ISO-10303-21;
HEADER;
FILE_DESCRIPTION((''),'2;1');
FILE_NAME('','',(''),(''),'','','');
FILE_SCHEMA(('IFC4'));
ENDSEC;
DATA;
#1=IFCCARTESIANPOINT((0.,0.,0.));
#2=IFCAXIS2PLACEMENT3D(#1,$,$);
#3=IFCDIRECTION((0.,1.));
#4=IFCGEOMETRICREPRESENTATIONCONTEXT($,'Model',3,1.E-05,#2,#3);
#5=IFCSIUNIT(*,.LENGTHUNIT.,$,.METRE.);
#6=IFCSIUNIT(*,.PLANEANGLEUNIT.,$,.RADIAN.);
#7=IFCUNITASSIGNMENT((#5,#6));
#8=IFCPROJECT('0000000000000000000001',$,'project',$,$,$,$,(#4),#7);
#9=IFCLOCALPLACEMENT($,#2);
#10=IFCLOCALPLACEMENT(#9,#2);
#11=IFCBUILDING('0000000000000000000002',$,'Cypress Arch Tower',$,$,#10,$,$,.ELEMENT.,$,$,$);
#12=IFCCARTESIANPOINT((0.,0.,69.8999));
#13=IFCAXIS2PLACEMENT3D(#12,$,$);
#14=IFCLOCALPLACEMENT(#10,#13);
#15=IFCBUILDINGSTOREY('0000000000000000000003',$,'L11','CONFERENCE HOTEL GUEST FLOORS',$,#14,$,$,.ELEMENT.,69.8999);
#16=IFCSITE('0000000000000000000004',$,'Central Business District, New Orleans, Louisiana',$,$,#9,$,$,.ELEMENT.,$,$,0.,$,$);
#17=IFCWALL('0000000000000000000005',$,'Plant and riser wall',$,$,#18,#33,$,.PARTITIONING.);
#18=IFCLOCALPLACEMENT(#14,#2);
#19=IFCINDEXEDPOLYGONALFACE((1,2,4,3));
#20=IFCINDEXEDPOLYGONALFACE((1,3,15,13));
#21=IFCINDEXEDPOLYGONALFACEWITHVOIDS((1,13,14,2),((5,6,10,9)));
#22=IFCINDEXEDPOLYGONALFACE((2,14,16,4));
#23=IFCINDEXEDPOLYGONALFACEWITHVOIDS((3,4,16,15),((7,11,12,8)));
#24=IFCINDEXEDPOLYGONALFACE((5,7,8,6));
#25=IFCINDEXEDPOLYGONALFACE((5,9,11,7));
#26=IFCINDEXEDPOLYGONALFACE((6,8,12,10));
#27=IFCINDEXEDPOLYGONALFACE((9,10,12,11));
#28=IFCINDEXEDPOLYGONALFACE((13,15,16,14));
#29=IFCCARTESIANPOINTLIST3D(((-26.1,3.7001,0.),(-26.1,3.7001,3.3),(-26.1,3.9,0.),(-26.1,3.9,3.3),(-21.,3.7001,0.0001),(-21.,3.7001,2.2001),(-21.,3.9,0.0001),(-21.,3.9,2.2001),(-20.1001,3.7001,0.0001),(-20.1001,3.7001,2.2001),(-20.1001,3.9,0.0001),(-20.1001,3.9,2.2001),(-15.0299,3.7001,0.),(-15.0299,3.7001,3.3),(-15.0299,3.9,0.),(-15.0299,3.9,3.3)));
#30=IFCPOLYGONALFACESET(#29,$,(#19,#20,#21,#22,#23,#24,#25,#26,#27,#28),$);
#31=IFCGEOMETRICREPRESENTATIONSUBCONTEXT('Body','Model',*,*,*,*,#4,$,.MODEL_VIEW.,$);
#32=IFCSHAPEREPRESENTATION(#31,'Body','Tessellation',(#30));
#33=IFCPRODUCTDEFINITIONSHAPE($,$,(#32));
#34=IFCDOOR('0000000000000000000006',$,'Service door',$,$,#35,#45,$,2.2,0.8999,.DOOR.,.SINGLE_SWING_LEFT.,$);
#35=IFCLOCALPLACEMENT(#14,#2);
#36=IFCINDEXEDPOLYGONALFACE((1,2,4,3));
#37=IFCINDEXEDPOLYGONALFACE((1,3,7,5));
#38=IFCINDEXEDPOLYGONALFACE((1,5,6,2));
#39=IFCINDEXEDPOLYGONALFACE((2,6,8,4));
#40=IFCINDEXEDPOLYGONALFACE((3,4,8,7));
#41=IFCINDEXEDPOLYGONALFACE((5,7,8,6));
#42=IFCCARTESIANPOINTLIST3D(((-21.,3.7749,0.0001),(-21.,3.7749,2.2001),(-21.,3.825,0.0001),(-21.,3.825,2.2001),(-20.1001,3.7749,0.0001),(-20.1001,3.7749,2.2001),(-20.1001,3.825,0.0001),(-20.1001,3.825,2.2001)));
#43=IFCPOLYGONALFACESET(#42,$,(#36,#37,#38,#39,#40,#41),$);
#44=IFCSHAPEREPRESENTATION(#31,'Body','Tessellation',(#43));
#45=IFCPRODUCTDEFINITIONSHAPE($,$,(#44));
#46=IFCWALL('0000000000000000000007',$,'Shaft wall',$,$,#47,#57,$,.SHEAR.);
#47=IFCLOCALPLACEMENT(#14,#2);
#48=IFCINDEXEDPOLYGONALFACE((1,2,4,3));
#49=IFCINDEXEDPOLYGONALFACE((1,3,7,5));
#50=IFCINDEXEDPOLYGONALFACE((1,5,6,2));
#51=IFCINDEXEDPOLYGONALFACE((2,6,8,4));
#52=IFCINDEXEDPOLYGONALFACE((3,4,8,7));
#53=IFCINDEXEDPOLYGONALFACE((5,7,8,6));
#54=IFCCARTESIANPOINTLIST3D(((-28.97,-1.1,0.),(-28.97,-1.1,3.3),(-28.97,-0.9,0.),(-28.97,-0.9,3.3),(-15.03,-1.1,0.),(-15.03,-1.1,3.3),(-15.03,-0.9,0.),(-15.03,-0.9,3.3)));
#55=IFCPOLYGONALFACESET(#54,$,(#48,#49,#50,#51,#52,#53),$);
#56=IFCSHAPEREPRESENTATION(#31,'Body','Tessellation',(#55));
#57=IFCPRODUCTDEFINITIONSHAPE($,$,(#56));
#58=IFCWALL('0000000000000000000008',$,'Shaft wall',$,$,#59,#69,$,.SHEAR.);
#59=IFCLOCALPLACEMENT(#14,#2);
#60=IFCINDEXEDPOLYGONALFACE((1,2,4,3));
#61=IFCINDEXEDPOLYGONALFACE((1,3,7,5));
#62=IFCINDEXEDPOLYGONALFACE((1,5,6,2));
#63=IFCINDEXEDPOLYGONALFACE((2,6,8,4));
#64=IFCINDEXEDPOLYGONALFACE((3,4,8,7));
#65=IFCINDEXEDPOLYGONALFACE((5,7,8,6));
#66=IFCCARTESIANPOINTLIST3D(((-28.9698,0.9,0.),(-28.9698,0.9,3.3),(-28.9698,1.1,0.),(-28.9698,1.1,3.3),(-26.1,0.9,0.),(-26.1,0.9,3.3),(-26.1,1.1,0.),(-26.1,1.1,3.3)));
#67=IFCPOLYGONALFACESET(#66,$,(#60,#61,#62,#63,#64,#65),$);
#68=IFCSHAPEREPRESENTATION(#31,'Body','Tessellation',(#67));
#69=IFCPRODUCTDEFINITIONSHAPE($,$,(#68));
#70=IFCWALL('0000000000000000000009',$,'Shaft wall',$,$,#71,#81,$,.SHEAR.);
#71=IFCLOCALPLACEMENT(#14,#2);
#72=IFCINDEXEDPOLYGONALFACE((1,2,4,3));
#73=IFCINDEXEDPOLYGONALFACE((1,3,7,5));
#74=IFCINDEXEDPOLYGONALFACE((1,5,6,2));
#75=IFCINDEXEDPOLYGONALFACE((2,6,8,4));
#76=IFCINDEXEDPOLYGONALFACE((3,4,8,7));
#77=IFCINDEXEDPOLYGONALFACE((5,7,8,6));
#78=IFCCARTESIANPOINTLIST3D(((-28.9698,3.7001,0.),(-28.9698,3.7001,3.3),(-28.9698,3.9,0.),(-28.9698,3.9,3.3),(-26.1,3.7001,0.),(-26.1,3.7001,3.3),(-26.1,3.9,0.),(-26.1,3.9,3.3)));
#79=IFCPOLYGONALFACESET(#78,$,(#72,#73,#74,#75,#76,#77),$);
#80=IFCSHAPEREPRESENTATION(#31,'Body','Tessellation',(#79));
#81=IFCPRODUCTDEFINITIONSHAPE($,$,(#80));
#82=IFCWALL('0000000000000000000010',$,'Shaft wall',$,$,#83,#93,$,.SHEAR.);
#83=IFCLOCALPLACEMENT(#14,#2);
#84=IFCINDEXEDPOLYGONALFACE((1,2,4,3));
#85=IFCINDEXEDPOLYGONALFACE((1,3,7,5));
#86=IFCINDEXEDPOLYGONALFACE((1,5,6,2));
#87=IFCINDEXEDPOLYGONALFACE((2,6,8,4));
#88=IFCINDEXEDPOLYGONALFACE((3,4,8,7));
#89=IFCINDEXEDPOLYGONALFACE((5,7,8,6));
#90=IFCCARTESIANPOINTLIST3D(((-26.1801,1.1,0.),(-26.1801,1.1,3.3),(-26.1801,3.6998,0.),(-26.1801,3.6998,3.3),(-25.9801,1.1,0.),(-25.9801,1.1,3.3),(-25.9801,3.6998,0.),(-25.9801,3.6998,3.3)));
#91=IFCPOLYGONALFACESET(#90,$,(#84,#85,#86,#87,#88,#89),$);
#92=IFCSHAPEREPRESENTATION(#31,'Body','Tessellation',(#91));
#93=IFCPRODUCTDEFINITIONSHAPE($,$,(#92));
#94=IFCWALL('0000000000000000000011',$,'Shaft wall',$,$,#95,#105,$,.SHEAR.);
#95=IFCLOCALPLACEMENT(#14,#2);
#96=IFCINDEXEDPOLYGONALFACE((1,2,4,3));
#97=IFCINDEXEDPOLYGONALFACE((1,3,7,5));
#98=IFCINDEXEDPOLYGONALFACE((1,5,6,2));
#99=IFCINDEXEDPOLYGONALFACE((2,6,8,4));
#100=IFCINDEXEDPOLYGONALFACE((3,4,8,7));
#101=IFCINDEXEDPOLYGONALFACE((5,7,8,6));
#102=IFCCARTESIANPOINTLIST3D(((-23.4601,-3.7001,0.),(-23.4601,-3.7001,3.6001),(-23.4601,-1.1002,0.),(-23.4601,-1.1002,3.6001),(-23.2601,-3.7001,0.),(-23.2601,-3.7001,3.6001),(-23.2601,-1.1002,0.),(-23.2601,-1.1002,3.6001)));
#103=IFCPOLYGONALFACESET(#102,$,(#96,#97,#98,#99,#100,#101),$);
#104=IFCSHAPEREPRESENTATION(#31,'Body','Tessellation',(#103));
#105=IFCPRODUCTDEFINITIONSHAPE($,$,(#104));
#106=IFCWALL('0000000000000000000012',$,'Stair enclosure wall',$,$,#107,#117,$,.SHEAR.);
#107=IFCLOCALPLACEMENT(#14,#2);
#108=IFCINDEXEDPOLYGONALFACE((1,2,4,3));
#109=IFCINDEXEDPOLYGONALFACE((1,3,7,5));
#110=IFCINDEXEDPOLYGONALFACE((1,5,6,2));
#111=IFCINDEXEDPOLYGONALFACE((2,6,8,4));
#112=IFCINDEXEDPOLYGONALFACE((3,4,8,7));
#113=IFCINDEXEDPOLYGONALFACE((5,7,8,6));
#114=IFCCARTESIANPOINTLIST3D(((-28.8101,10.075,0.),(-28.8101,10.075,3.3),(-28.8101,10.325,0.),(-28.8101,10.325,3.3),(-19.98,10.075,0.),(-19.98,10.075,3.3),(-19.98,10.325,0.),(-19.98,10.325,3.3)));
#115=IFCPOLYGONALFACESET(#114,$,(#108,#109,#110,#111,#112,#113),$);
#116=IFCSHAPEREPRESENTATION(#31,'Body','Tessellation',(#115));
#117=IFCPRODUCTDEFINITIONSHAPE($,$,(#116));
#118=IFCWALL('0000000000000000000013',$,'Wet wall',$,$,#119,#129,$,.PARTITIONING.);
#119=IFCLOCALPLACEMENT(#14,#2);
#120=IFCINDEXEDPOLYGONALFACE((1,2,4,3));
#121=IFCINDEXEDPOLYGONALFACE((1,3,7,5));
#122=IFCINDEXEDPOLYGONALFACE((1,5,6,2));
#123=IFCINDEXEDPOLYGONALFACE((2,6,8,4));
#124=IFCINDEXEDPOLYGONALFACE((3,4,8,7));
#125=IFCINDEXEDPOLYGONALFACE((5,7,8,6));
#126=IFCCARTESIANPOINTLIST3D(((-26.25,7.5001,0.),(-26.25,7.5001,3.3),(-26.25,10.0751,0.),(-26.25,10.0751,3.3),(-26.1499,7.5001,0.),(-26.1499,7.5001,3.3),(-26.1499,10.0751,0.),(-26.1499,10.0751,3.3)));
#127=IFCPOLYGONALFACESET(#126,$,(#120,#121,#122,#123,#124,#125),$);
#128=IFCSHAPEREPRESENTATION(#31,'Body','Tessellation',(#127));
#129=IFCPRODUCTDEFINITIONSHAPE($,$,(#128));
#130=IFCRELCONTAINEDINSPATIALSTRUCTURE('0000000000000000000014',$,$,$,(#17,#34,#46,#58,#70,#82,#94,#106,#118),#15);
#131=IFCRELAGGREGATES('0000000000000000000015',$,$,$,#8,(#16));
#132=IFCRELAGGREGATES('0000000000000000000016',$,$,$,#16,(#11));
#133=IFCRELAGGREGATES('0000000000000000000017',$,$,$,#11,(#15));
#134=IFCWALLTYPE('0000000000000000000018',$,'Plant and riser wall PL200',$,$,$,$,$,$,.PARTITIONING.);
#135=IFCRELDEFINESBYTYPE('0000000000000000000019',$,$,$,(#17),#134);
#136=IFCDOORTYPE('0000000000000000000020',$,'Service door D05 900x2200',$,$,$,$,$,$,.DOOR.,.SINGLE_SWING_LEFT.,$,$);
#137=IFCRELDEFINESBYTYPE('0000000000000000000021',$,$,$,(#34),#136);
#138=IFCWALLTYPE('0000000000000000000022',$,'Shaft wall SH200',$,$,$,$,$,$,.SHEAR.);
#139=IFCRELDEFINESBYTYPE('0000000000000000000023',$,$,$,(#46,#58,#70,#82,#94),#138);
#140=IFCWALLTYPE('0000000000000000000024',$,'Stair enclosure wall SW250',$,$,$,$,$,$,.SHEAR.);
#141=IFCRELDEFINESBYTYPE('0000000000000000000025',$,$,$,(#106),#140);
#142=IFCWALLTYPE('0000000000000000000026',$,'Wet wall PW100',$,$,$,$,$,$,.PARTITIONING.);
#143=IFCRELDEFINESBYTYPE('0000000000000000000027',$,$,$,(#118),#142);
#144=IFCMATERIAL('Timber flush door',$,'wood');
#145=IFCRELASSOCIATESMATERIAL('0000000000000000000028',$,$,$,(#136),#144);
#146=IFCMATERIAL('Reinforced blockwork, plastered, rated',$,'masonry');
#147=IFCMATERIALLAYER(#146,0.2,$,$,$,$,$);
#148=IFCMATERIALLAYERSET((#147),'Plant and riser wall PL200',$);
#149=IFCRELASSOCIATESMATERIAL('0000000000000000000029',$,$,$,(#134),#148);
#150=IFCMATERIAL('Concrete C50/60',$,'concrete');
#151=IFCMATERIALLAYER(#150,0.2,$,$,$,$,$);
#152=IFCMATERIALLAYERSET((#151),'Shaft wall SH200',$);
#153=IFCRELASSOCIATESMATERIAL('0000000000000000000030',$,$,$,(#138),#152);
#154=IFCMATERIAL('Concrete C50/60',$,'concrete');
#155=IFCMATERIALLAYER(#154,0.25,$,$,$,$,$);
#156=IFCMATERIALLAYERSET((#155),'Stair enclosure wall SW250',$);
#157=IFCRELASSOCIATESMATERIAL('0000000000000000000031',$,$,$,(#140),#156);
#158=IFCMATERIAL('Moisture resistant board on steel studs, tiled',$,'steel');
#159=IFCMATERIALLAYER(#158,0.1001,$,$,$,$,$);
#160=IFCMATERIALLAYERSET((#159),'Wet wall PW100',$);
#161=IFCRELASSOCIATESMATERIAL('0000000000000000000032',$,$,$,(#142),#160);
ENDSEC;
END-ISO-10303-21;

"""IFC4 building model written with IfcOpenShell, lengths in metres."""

from ifc_helpers import new_model, si_unit, direction, frame, frame_2d, origin, place, context, subcontext, project, spatial, rectangle, extrude, material, layer, layer_set, type_object, element, fill, save


model = new_model("IFC4")

# Units and contexts
model_context = context("Model", 3, precision=1e-05, world=origin(), true_north=direction((0.0, 1.0)))
body_context = subcontext(model_context, "Body", "Model", "MODEL_VIEW")
ifc_project = project(units=[si_unit("LENGTHUNIT", "METRE"), si_unit("PLANEANGLEUNIT", "RADIAN")], contexts=[model_context])

# Site, building, storey
site_placement = place(None, origin())
site = spatial("IfcSite", under=ifc_project, at=site_placement, Name="Central Business District, New Orleans, Louisiana", CompositionType="ELEMENT", RefElevation=0.0)
building_placement = place(site_placement, origin())
building = spatial("IfcBuilding", under=site, at=building_placement, Name="Cypress Arch Tower", CompositionType="ELEMENT")
storey_placement = place(building_placement, frame((0.0, 0.0, 69.8999)))
storey = spatial("IfcBuildingStorey", under=building, at=storey_placement, Name="L11", Description="CONFERENCE HOTEL GUEST FLOORS", CompositionType="ELEMENT", Elevation=69.8999)

# Shared definitions
ifc_material_1 = material(Name="Timber flush door", Category="wood")
door_type_1 = type_object("IfcDoorType", Name="Service door D05 900x2200", OperationType="SINGLE_SWING_LEFT", PredefinedType="DOOR", material=ifc_material_1)

# Shared definitions
ifc_material_2 = material(Name="Reinforced blockwork, plastered, rated", Category="masonry")
ifc_layer_1 = layer(ifc_material_2, 0.2)
ifc_layer_set_1 = layer_set([ifc_layer_1], Name="Plant and riser wall PL200")
wall_type_1 = type_object("IfcWallType", Name="Plant and riser wall PL200", PredefinedType="PARTITIONING", material=ifc_layer_set_1)

# Wall, opening, door
wall_1_placement = place(storey_placement, frame((-26.1001, 3.8, 0.0), z_axis=(0.0, 0.0, 1.0), x_axis=(1.0, 0.0, 0.0)))
wall_1 = element("IfcWall", 1, at=wall_1_placement, inside=storey, type_object=wall_type_1, Name="Plant and riser wall", PredefinedType="PARTITIONING", context=body_context, shape_type="SweptSolid", body=[
    extrude(rectangle(XDim=11.0701, YDim=0.2, at=frame_2d((5.5352, 0.0))), origin(), (0.0, 0.0, 1.0), 3.3),
])
opening_1_placement = place(wall_1_placement, frame((5.1001, 0.0, 0.0)))
opening_1 = element("IfcOpeningElement", 2, at=opening_1_placement, cuts=wall_1, PredefinedType="OPENING", context=body_context, shape_type="SweptSolid", body=[
    extrude(rectangle(XDim=0.8999, YDim=2.2, at=frame_2d((0.45, 1.1001))), frame((0.0, 0.1099, 0.0), z_axis=(0.0, -1.0, 0.0), x_axis=(1.0, 0.0, 0.0)), (0.0, 0.0, 1.0), 0.22),
])
door_1_placement = place(opening_1_placement, origin())
door_1 = element("IfcDoor", 3, at=door_1_placement, inside=storey, type_object=door_type_1, Name="Service door", OperationType="SINGLE_SWING_LEFT", OverallHeight=2.2, OverallWidth=0.8999, PredefinedType="DOOR", context=body_context, shape_type="SweptSolid", body=[
    extrude(rectangle(XDim=0.8999, YDim=2.2, at=frame_2d((0.45, 1.1001))), frame((0.0, 0.0249, 0.0), z_axis=(0.0, -1.0, 0.0), x_axis=(1.0, 0.0, 0.0)), (0.0, 0.0, 1.0), 0.05),
])
fill(opening_1, door_1)

# Walls
ifc_material_3 = material(Name="Concrete C50/60", Category="concrete")
ifc_layer_2 = layer(ifc_material_3, 0.2)
ifc_layer_set_2 = layer_set([ifc_layer_2], Name="Shaft wall SH200")
wall_type_2 = type_object("IfcWallType", Name="Shaft wall SH200", PredefinedType="SHEAR", material=ifc_layer_set_2)
wall_2_placement = place(storey_placement, frame((-28.97, -1.0, 0.0), z_axis=(0.0, 0.0, 1.0), x_axis=(1.0, 0.0, 0.0)))
element("IfcWall", 4, at=wall_2_placement, inside=storey, type_object=wall_type_2, Name="Shaft wall", PredefinedType="SHEAR", context=body_context, shape_type="SweptSolid", body=[
    extrude(rectangle(XDim=13.9399, YDim=0.2, at=frame_2d((6.97, 0.0))), origin(), (0.0, 0.0, 1.0), 3.3),
])
for number, where, z_axis, x_axis, name in (
    (5, (-28.97, 1.0, 0.0), (0.0, 0.0, 1.0), (1.0, 0.0, 0.0), "Shaft wall"),
    (6, (-28.97, 3.8, 0.0), (0.0, 0.0, 1.0), (1.0, 0.0, 0.0), "Shaft wall"),
):
    element("IfcWall", number, at=place(storey_placement, frame(where, z_axis=z_axis, x_axis=x_axis)), inside=storey, type_object=wall_type_2, Name=name, PredefinedType="SHEAR", context=body_context, shape_type="SweptSolid", body=[
        extrude(rectangle(XDim=2.8699, YDim=0.2, at=frame_2d((1.4351, 0.0))), origin(), (0.0, 0.0, 1.0), 3.3),
    ])
wall_3_placement = place(storey_placement, frame((-26.0801, 1.1001, 0.0), z_axis=(0.0, 0.0, 1.0), x_axis=(0.0, 1.0, 0.0)))
element("IfcWall", 7, at=wall_3_placement, inside=storey, type_object=wall_type_2, Name="Shaft wall", PredefinedType="SHEAR", context=body_context, shape_type="SweptSolid", body=[
    extrude(rectangle(XDim=2.5999, YDim=0.2, at=frame_2d((1.2998, 0.0))), origin(), (0.0, 0.0, 1.0), 3.3),
])
wall_4_placement = place(storey_placement, frame((-23.3601, -3.7, 0.0), z_axis=(0.0, 0.0, 1.0), x_axis=(0.0, 1.0, 0.0)))
element("IfcWall", 8, at=wall_4_placement, inside=storey, type_object=wall_type_2, Name="Shaft wall", PredefinedType="SHEAR", context=body_context, shape_type="SweptSolid", body=[
    extrude(rectangle(XDim=2.5999, YDim=0.2, at=frame_2d((1.2998, 0.0))), origin(), (0.0, 0.0, 1.0), 3.6001),
])
ifc_material_4 = material(Name="Concrete C50/60", Category="concrete")
ifc_layer_3 = layer(ifc_material_4, 0.25)
ifc_layer_set_3 = layer_set([ifc_layer_3], Name="Stair enclosure wall SW250")
wall_type_3 = type_object("IfcWallType", Name="Stair enclosure wall SW250", PredefinedType="SHEAR", material=ifc_layer_set_3)
wall_5_placement = place(storey_placement, frame((-28.8101, 10.2, 0.0), z_axis=(0.0, 0.0, 1.0), x_axis=(1.0, 0.0, 0.0)))
element("IfcWall", 9, at=wall_5_placement, inside=storey, type_object=wall_type_3, Name="Stair enclosure wall", PredefinedType="SHEAR", context=body_context, shape_type="SweptSolid", body=[
    extrude(rectangle(XDim=8.8301, YDim=0.25, at=frame_2d((4.415, 0.0))), origin(), (0.0, 0.0, 1.0), 3.3),
])
ifc_material_5 = material(Name="Moisture resistant board on steel studs, tiled", Category="steel")
ifc_layer_4 = layer(ifc_material_5, 0.1001)
ifc_layer_set_4 = layer_set([ifc_layer_4], Name="Wet wall PW100")
wall_type_4 = type_object("IfcWallType", Name="Wet wall PW100", PredefinedType="PARTITIONING", material=ifc_layer_set_4)
wall_6_placement = place(storey_placement, frame((-26.2, 7.5, 0.0), z_axis=(0.0, 0.0, 1.0), x_axis=(0.0, 1.0, 0.0)))
element("IfcWall", 10, at=wall_6_placement, inside=storey, type_object=wall_type_4, Name="Wet wall", PredefinedType="PARTITIONING", context=body_context, shape_type="SweptSolid", body=[
    extrude(rectangle(XDim=2.575, YDim=0.1001, at=frame_2d((1.2876, 0.0))), origin(), (0.0, 0.0, 1.0), 3.3),
])

save(model, "model.ifc")
